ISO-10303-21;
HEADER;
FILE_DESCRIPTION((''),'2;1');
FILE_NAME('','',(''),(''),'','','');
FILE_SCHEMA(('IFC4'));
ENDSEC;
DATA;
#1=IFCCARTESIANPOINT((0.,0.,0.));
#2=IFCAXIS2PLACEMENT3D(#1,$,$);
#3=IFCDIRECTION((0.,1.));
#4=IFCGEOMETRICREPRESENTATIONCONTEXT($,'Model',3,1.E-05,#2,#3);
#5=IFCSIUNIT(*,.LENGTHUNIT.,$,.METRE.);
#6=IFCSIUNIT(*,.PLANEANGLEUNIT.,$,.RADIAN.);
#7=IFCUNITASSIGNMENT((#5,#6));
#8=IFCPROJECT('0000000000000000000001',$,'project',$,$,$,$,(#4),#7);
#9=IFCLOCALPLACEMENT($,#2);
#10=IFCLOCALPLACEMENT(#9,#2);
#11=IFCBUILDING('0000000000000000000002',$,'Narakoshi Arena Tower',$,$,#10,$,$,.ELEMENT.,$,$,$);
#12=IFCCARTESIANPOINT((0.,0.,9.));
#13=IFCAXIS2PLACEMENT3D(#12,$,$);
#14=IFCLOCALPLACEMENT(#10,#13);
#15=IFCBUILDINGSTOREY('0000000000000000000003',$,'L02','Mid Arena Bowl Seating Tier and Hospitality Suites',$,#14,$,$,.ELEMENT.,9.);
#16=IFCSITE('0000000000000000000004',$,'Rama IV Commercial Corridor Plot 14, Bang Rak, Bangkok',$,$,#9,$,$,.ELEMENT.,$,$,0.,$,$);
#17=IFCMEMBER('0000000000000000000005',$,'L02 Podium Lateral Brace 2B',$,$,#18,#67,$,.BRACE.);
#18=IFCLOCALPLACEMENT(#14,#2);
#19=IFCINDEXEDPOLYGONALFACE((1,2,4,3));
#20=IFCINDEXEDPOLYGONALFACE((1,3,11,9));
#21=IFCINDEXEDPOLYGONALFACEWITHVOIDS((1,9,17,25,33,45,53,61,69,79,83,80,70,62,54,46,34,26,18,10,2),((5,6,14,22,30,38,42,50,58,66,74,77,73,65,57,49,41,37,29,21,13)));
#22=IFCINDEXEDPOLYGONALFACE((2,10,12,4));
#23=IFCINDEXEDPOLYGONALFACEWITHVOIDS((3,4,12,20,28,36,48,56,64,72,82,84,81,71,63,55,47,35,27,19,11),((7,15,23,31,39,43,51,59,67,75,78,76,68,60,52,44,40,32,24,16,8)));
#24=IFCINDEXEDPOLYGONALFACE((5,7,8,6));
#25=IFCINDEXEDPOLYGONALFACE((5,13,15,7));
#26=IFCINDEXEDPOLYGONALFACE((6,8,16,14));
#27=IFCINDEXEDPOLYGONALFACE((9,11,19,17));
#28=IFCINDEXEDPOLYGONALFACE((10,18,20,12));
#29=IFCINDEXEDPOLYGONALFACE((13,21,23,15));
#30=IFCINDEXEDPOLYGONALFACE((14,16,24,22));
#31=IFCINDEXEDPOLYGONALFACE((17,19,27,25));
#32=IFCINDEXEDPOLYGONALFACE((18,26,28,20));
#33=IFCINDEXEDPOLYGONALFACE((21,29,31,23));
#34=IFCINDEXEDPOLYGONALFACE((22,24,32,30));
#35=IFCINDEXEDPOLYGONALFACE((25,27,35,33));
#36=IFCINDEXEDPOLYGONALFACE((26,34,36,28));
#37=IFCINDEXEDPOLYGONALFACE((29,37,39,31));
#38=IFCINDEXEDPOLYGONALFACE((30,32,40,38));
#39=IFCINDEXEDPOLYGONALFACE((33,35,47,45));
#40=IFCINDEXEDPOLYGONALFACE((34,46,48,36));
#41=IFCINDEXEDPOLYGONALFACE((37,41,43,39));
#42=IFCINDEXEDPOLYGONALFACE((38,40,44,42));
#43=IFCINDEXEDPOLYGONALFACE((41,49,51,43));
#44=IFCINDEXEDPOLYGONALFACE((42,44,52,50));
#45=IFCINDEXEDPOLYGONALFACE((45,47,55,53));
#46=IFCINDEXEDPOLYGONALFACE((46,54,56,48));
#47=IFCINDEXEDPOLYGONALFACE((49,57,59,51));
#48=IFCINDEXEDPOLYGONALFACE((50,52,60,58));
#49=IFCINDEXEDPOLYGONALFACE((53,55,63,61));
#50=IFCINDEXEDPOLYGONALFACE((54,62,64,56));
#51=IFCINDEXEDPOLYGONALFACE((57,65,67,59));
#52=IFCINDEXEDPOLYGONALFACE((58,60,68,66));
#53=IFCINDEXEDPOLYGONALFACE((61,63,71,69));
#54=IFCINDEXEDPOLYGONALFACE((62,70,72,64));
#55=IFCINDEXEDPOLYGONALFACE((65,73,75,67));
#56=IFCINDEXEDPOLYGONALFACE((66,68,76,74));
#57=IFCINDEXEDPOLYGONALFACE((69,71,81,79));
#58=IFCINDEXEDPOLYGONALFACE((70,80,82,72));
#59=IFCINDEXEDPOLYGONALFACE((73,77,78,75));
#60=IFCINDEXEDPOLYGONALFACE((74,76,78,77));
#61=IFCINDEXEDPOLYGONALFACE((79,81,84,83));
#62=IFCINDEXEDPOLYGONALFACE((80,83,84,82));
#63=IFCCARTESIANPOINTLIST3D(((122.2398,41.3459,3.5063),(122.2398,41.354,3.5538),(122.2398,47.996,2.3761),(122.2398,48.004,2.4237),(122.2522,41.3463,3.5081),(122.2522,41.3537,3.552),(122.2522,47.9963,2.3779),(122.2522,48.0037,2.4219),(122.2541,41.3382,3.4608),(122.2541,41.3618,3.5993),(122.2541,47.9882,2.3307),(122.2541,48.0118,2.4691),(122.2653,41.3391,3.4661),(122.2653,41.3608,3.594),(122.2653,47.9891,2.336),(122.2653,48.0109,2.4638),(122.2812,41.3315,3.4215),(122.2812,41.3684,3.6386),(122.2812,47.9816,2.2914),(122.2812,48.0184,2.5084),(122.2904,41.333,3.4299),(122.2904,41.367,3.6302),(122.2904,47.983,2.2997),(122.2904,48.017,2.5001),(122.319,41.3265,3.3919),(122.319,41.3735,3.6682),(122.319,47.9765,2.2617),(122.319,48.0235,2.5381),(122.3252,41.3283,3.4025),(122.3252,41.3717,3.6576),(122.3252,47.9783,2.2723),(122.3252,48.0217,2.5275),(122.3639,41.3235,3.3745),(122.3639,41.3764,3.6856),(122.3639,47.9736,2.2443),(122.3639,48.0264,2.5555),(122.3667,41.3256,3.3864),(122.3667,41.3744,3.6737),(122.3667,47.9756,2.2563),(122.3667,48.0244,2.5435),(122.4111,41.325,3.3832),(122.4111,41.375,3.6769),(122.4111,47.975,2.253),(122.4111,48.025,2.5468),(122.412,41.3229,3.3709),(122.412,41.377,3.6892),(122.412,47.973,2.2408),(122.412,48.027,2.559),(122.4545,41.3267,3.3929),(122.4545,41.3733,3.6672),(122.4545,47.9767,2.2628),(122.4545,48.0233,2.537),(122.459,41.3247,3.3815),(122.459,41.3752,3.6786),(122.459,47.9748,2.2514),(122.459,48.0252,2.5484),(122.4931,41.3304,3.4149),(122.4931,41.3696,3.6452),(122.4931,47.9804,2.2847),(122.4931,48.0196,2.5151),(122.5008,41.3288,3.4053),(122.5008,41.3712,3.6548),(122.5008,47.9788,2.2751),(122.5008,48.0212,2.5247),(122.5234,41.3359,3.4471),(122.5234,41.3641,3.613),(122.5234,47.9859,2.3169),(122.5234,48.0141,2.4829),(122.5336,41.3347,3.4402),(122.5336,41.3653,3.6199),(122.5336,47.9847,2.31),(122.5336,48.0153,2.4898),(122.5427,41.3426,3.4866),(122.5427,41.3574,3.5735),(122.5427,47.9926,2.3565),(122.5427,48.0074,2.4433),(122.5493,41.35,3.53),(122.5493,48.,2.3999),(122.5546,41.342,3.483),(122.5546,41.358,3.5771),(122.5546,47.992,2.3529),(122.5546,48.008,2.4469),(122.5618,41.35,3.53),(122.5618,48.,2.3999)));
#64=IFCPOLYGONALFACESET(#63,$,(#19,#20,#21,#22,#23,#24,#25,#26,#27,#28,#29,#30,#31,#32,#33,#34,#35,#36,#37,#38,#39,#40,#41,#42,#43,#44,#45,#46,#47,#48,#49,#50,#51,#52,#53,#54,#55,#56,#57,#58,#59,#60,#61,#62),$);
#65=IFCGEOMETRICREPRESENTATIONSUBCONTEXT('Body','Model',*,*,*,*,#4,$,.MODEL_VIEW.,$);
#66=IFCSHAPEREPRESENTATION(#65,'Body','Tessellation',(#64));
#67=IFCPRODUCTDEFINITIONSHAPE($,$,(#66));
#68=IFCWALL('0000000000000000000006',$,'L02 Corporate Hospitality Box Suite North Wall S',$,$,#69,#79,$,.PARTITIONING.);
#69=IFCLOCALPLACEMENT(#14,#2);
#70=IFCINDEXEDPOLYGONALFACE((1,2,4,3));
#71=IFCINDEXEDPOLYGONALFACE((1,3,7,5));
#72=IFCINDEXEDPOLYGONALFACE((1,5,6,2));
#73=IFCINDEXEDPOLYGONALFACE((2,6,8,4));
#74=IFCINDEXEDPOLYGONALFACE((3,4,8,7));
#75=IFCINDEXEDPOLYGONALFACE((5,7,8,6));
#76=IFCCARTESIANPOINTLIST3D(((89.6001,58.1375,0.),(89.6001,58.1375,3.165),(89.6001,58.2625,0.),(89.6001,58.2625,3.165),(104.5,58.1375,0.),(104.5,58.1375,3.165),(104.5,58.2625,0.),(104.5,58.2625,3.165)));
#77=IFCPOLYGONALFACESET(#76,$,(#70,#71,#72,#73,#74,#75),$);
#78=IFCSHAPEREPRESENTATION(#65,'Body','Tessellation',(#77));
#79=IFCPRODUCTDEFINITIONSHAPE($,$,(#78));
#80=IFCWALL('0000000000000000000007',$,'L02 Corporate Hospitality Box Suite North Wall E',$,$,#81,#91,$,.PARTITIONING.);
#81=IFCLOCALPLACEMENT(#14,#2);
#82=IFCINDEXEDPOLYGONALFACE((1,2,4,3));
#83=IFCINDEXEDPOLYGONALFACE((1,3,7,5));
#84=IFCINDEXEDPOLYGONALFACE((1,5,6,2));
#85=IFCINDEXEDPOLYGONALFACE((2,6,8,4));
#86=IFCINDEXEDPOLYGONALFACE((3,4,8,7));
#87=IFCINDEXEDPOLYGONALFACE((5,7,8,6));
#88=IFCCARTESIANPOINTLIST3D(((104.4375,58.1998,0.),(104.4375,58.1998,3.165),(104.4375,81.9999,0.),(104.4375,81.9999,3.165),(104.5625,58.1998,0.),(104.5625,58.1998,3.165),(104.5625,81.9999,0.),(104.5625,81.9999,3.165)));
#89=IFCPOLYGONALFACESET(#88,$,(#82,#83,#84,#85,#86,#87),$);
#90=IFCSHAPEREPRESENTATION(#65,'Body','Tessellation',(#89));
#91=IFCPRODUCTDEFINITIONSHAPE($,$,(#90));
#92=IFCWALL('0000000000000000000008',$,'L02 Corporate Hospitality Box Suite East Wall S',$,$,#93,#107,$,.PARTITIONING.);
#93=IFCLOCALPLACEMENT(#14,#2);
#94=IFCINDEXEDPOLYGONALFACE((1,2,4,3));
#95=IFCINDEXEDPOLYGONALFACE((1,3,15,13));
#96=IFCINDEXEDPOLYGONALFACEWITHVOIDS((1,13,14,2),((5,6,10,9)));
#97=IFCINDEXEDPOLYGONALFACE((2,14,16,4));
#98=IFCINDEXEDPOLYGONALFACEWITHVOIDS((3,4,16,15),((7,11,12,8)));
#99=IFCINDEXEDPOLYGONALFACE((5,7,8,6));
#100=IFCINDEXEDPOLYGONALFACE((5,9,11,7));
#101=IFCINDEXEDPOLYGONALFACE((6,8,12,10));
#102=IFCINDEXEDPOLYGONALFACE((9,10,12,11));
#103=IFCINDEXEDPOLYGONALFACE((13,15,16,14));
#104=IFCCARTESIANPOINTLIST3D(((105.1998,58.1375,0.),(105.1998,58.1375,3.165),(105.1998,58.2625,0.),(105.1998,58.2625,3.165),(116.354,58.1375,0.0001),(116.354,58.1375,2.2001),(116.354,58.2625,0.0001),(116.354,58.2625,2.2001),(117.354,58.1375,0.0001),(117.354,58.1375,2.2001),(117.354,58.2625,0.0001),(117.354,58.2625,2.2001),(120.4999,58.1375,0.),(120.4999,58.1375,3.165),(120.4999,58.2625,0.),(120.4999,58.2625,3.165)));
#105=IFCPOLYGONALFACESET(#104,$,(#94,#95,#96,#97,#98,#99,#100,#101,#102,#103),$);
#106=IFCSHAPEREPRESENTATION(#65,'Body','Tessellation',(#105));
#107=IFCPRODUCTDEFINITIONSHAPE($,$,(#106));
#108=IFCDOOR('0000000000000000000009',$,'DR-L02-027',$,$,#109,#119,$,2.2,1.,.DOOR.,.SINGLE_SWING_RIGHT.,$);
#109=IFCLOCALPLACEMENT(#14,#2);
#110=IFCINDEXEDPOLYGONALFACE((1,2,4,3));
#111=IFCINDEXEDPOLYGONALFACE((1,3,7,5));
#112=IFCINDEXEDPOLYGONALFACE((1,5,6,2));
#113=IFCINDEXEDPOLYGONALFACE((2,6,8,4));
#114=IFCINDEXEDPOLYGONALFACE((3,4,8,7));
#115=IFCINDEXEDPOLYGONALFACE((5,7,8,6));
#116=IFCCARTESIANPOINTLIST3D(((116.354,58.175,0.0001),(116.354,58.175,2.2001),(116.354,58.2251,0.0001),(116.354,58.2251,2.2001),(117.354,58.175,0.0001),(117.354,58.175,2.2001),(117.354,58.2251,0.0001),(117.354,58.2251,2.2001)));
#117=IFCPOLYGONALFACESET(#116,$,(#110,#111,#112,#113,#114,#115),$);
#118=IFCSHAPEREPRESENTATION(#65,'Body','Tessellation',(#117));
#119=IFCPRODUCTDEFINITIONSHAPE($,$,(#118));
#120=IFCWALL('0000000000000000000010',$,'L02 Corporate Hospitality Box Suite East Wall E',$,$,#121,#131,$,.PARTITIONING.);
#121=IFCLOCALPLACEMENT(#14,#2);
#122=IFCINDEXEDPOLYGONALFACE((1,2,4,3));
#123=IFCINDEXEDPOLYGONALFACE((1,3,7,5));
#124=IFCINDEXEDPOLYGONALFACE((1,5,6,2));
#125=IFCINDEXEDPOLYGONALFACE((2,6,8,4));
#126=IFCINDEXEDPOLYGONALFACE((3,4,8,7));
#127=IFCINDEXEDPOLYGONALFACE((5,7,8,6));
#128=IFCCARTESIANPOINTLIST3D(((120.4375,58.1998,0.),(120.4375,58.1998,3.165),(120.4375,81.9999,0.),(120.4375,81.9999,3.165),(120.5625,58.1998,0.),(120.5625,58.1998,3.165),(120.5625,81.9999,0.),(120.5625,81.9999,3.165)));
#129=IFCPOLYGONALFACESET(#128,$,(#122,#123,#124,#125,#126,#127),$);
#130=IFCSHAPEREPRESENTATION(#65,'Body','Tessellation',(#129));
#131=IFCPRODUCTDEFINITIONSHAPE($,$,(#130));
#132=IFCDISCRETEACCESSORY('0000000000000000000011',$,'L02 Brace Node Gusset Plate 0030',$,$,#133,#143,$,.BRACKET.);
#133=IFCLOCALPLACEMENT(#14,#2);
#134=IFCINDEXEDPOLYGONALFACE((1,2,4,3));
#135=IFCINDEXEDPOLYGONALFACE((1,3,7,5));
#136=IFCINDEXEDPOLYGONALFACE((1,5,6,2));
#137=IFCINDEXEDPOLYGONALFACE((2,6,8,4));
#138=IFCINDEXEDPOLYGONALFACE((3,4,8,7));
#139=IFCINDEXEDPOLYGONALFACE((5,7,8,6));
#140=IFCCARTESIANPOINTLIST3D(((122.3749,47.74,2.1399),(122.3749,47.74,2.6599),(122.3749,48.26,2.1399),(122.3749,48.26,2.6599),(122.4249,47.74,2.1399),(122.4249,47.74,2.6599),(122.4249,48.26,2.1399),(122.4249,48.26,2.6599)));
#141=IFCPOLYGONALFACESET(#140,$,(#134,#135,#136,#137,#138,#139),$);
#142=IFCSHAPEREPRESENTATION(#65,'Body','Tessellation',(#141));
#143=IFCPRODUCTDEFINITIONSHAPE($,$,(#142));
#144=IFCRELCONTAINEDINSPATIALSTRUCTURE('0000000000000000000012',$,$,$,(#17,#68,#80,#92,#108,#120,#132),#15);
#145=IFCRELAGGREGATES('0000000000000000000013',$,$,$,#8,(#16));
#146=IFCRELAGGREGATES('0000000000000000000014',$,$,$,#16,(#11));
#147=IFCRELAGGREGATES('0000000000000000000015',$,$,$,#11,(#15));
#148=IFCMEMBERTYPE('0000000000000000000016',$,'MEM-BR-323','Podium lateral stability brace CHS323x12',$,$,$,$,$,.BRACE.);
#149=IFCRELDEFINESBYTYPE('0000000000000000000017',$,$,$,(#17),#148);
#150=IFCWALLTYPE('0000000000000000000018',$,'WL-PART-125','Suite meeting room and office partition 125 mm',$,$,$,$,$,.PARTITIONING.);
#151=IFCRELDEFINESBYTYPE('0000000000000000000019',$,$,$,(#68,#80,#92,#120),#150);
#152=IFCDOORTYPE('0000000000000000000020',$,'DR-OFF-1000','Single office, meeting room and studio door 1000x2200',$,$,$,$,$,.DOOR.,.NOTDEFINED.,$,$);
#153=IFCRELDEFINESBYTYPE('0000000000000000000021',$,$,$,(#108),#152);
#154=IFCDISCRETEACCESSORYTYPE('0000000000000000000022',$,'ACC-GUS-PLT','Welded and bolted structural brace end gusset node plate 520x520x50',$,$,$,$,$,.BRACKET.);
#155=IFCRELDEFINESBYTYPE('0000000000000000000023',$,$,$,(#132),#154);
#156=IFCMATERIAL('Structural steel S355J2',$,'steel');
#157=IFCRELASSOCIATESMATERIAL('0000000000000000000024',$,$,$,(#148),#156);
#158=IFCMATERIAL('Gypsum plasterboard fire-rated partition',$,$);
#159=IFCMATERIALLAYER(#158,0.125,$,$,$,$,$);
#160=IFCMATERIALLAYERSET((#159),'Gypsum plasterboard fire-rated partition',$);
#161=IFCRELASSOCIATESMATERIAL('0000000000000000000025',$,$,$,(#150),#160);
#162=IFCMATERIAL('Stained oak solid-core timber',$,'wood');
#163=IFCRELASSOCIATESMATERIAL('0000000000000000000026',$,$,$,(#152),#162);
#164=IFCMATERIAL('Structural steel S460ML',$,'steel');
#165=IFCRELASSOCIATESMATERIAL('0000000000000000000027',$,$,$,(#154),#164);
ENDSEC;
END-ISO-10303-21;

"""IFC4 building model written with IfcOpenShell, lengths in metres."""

from ifc_helpers import new_model, si_unit, direction, frame, frame_2d, origin, origin_2d, place, context, subcontext, project, spatial, rectangle, hollow_circle, extrude, material, layer, layer_set, material_profile, profile_set, type_object, element, fill, save


model = new_model("IFC4")

# Units and contexts
model_context = context("Model", 3, precision=1e-05, world=origin(), true_north=direction((0.0, 1.0)))
body_context = subcontext(model_context, "Body", "Model", "MODEL_VIEW")
ifc_project = project(units=[si_unit("LENGTHUNIT", "METRE"), si_unit("PLANEANGLEUNIT", "RADIAN")], contexts=[model_context])

# Site, building, storey
site_placement = place(None, origin())
site = spatial("IfcSite", under=ifc_project, at=site_placement, Name="Rama IV Commercial Corridor Plot 14, Bang Rak, Bangkok", CompositionType="ELEMENT", RefElevation=0.0)
building_placement = place(site_placement, origin())
building = spatial("IfcBuilding", under=site, at=building_placement, Name="Narakoshi Arena Tower", CompositionType="ELEMENT")
storey_placement = place(building_placement, frame((0.0, 0.0, 9.0)))
storey = spatial("IfcBuildingStorey", under=building, at=storey_placement, Name="L02", Description="Mid Arena Bowl Seating Tier and Hospitality Suites", CompositionType="ELEMENT", Elevation=9.0)

# Shared definitions
ifc_material_1 = material(Name="Structural steel S355J2", Category="steel")

# Member
ifc_material_profile_1 = material_profile(ifc_material_1, hollow_circle(Radius=0.1619, WallThickness=0.0125, at=origin_2d()), Name="CHS323x12")
ifc_profile_set_1 = profile_set([ifc_material_profile_1], Name="Structural steel S355J2")
member_type = type_object("IfcMemberType", Name="MEM-BR-323", Description="Podium lateral stability brace CHS323x12", PredefinedType="BRACE", material=ifc_profile_set_1)
member_placement = place(storey_placement, frame((122.3999, 48.0, 2.3999), z_axis=(0.0, -0.985865, 0.167544), x_axis=(1.0, 0.0, 0.0)))
element("IfcMember", 1, at=member_placement, inside=storey, type_object=member_type, Name="L02 Podium Lateral Brace 2B", PredefinedType="BRACE", context=body_context, shape_type="SweptSolid", body=[
    extrude(hollow_circle(Radius=0.1619, WallThickness=0.0125, at=origin_2d()), origin(), (0.0, 0.0, 1.0), 6.7454),
])

# Walls
ifc_material_2 = material(Name="Gypsum plasterboard fire-rated partition")
ifc_layer = layer(ifc_material_2, 0.125)
ifc_layer_set = layer_set([ifc_layer], Name="Gypsum plasterboard fire-rated partition")
wall_type = type_object("IfcWallType", Name="WL-PART-125", Description="Suite meeting room and office partition 125 mm", PredefinedType="PARTITIONING", material=ifc_layer_set)
wall_1_placement = place(storey_placement, frame((89.6001, 58.2, 0.0), z_axis=(0.0, 0.0, 1.0), x_axis=(1.0, 0.0, 0.0)))
element("IfcWall", 2, at=wall_1_placement, inside=storey, type_object=wall_type, Name="L02 Corporate Hospitality Box Suite North Wall S", PredefinedType="PARTITIONING", context=body_context, shape_type="SweptSolid", body=[
    extrude(rectangle(XDim=14.8999, YDim=0.125, at=frame_2d((7.45, 0.0))), origin(), (0.0, 0.0, 1.0), 3.165),
])
wall_2_placement = place(storey_placement, frame((104.5, 58.2, 0.0), z_axis=(0.0, 0.0, 1.0), x_axis=(0.0, 1.0, 0.0)))
element("IfcWall", 3, at=wall_2_placement, inside=storey, type_object=wall_type, Name="L02 Corporate Hospitality Box Suite North Wall E", PredefinedType="PARTITIONING", context=body_context, shape_type="SweptSolid", body=[
    extrude(rectangle(XDim=23.8, YDim=0.125, at=frame_2d((11.8999, 0.0))), origin(), (0.0, 0.0, 1.0), 3.165),
])

# Wall, opening, door
wall_3_placement = place(storey_placement, frame((105.2, 58.2, 0.0), z_axis=(0.0, 0.0, 1.0), x_axis=(1.0, 0.0, 0.0)))
wall_3 = element("IfcWall", 4, at=wall_3_placement, inside=storey, type_object=wall_type, Name="L02 Corporate Hospitality Box Suite East Wall S", PredefinedType="PARTITIONING", context=body_context, shape_type="SweptSolid", body=[
    extrude(rectangle(XDim=15.3, YDim=0.125, at=frame_2d((7.6499, 0.0))), origin(), (0.0, 0.0, 1.0), 3.165),
])
opening_placement = place(wall_3_placement, frame((11.1541, 0.0, 0.0)))
opening = element("IfcOpeningElement", 5, at=opening_placement, cuts=wall_3, PredefinedType="OPENING", context=body_context, shape_type="SweptSolid", body=[
    extrude(rectangle(XDim=1.0, YDim=2.2, at=frame_2d((0.5, 1.1001))), frame((0.0, 0.0725, 0.0), z_axis=(0.0, -1.0, 0.0), x_axis=(1.0, 0.0, 0.0)), (0.0, 0.0, 1.0), 0.145),
])
ifc_material_3 = material(Name="Stained oak solid-core timber", Category="wood")
door_type = type_object("IfcDoorType", Name="DR-OFF-1000", Description="Single office, meeting room and studio door 1000x2200", OperationType="NOTDEFINED", PredefinedType="DOOR", material=ifc_material_3)
door_placement = place(opening_placement, frame((1.0, 0.0, 0.0), z_axis=(0.0, 0.0, 1.0), x_axis=(-1.0, 0.0, 0.0)))
door = element("IfcDoor", 6, at=door_placement, inside=storey, type_object=door_type, Name="DR-L02-027", OperationType="SINGLE_SWING_RIGHT", OverallHeight=2.2, OverallWidth=1.0, PredefinedType="DOOR", context=body_context, shape_type="SweptSolid", body=[
    extrude(rectangle(XDim=1.0, YDim=2.2, at=frame_2d((0.5, 1.1001))), frame((0.0, 0.0249, 0.0), z_axis=(0.0, -1.0, 0.0), x_axis=(1.0, 0.0, 0.0)), (0.0, 0.0, 1.0), 0.05),
])
fill(opening, door)

# Wall
wall_4_placement = place(storey_placement, frame((120.5, 58.2, 0.0), z_axis=(0.0, 0.0, 1.0), x_axis=(0.0, 1.0, 0.0)))
element("IfcWall", 7, at=wall_4_placement, inside=storey, type_object=wall_type, Name="L02 Corporate Hospitality Box Suite East Wall E", PredefinedType="PARTITIONING", context=body_context, shape_type="SweptSolid", body=[
    extrude(rectangle(XDim=23.8, YDim=0.125, at=frame_2d((11.8999, 0.0))), origin(), (0.0, 0.0, 1.0), 3.165),
])

# Discrete accessory
ifc_material_4 = material(Name="Structural steel S460ML", Category="steel")
discrete_accessory_type = type_object("IfcDiscreteAccessoryType", Name="ACC-GUS-PLT", Description="Welded and bolted structural brace end gusset node plate 520x520x50", PredefinedType="BRACKET", material=ifc_material_4)
discrete_accessory_placement = place(storey_placement, frame((122.3999, 48.0, 2.1399), z_axis=(0.0, 0.0, 1.0), x_axis=(0.0, 1.0, 0.0)))
element("IfcDiscreteAccessory", 8, at=discrete_accessory_placement, inside=storey, type_object=discrete_accessory_type, Name="L02 Brace Node Gusset Plate 0030", PredefinedType="BRACKET", context=body_context, shape_type="SweptSolid", body=[
    extrude(rectangle(XDim=0.52, YDim=0.05, at=origin_2d()), origin(), (0.0, 0.0, 1.0), 0.52),
])

save(model, "model.ifc")
